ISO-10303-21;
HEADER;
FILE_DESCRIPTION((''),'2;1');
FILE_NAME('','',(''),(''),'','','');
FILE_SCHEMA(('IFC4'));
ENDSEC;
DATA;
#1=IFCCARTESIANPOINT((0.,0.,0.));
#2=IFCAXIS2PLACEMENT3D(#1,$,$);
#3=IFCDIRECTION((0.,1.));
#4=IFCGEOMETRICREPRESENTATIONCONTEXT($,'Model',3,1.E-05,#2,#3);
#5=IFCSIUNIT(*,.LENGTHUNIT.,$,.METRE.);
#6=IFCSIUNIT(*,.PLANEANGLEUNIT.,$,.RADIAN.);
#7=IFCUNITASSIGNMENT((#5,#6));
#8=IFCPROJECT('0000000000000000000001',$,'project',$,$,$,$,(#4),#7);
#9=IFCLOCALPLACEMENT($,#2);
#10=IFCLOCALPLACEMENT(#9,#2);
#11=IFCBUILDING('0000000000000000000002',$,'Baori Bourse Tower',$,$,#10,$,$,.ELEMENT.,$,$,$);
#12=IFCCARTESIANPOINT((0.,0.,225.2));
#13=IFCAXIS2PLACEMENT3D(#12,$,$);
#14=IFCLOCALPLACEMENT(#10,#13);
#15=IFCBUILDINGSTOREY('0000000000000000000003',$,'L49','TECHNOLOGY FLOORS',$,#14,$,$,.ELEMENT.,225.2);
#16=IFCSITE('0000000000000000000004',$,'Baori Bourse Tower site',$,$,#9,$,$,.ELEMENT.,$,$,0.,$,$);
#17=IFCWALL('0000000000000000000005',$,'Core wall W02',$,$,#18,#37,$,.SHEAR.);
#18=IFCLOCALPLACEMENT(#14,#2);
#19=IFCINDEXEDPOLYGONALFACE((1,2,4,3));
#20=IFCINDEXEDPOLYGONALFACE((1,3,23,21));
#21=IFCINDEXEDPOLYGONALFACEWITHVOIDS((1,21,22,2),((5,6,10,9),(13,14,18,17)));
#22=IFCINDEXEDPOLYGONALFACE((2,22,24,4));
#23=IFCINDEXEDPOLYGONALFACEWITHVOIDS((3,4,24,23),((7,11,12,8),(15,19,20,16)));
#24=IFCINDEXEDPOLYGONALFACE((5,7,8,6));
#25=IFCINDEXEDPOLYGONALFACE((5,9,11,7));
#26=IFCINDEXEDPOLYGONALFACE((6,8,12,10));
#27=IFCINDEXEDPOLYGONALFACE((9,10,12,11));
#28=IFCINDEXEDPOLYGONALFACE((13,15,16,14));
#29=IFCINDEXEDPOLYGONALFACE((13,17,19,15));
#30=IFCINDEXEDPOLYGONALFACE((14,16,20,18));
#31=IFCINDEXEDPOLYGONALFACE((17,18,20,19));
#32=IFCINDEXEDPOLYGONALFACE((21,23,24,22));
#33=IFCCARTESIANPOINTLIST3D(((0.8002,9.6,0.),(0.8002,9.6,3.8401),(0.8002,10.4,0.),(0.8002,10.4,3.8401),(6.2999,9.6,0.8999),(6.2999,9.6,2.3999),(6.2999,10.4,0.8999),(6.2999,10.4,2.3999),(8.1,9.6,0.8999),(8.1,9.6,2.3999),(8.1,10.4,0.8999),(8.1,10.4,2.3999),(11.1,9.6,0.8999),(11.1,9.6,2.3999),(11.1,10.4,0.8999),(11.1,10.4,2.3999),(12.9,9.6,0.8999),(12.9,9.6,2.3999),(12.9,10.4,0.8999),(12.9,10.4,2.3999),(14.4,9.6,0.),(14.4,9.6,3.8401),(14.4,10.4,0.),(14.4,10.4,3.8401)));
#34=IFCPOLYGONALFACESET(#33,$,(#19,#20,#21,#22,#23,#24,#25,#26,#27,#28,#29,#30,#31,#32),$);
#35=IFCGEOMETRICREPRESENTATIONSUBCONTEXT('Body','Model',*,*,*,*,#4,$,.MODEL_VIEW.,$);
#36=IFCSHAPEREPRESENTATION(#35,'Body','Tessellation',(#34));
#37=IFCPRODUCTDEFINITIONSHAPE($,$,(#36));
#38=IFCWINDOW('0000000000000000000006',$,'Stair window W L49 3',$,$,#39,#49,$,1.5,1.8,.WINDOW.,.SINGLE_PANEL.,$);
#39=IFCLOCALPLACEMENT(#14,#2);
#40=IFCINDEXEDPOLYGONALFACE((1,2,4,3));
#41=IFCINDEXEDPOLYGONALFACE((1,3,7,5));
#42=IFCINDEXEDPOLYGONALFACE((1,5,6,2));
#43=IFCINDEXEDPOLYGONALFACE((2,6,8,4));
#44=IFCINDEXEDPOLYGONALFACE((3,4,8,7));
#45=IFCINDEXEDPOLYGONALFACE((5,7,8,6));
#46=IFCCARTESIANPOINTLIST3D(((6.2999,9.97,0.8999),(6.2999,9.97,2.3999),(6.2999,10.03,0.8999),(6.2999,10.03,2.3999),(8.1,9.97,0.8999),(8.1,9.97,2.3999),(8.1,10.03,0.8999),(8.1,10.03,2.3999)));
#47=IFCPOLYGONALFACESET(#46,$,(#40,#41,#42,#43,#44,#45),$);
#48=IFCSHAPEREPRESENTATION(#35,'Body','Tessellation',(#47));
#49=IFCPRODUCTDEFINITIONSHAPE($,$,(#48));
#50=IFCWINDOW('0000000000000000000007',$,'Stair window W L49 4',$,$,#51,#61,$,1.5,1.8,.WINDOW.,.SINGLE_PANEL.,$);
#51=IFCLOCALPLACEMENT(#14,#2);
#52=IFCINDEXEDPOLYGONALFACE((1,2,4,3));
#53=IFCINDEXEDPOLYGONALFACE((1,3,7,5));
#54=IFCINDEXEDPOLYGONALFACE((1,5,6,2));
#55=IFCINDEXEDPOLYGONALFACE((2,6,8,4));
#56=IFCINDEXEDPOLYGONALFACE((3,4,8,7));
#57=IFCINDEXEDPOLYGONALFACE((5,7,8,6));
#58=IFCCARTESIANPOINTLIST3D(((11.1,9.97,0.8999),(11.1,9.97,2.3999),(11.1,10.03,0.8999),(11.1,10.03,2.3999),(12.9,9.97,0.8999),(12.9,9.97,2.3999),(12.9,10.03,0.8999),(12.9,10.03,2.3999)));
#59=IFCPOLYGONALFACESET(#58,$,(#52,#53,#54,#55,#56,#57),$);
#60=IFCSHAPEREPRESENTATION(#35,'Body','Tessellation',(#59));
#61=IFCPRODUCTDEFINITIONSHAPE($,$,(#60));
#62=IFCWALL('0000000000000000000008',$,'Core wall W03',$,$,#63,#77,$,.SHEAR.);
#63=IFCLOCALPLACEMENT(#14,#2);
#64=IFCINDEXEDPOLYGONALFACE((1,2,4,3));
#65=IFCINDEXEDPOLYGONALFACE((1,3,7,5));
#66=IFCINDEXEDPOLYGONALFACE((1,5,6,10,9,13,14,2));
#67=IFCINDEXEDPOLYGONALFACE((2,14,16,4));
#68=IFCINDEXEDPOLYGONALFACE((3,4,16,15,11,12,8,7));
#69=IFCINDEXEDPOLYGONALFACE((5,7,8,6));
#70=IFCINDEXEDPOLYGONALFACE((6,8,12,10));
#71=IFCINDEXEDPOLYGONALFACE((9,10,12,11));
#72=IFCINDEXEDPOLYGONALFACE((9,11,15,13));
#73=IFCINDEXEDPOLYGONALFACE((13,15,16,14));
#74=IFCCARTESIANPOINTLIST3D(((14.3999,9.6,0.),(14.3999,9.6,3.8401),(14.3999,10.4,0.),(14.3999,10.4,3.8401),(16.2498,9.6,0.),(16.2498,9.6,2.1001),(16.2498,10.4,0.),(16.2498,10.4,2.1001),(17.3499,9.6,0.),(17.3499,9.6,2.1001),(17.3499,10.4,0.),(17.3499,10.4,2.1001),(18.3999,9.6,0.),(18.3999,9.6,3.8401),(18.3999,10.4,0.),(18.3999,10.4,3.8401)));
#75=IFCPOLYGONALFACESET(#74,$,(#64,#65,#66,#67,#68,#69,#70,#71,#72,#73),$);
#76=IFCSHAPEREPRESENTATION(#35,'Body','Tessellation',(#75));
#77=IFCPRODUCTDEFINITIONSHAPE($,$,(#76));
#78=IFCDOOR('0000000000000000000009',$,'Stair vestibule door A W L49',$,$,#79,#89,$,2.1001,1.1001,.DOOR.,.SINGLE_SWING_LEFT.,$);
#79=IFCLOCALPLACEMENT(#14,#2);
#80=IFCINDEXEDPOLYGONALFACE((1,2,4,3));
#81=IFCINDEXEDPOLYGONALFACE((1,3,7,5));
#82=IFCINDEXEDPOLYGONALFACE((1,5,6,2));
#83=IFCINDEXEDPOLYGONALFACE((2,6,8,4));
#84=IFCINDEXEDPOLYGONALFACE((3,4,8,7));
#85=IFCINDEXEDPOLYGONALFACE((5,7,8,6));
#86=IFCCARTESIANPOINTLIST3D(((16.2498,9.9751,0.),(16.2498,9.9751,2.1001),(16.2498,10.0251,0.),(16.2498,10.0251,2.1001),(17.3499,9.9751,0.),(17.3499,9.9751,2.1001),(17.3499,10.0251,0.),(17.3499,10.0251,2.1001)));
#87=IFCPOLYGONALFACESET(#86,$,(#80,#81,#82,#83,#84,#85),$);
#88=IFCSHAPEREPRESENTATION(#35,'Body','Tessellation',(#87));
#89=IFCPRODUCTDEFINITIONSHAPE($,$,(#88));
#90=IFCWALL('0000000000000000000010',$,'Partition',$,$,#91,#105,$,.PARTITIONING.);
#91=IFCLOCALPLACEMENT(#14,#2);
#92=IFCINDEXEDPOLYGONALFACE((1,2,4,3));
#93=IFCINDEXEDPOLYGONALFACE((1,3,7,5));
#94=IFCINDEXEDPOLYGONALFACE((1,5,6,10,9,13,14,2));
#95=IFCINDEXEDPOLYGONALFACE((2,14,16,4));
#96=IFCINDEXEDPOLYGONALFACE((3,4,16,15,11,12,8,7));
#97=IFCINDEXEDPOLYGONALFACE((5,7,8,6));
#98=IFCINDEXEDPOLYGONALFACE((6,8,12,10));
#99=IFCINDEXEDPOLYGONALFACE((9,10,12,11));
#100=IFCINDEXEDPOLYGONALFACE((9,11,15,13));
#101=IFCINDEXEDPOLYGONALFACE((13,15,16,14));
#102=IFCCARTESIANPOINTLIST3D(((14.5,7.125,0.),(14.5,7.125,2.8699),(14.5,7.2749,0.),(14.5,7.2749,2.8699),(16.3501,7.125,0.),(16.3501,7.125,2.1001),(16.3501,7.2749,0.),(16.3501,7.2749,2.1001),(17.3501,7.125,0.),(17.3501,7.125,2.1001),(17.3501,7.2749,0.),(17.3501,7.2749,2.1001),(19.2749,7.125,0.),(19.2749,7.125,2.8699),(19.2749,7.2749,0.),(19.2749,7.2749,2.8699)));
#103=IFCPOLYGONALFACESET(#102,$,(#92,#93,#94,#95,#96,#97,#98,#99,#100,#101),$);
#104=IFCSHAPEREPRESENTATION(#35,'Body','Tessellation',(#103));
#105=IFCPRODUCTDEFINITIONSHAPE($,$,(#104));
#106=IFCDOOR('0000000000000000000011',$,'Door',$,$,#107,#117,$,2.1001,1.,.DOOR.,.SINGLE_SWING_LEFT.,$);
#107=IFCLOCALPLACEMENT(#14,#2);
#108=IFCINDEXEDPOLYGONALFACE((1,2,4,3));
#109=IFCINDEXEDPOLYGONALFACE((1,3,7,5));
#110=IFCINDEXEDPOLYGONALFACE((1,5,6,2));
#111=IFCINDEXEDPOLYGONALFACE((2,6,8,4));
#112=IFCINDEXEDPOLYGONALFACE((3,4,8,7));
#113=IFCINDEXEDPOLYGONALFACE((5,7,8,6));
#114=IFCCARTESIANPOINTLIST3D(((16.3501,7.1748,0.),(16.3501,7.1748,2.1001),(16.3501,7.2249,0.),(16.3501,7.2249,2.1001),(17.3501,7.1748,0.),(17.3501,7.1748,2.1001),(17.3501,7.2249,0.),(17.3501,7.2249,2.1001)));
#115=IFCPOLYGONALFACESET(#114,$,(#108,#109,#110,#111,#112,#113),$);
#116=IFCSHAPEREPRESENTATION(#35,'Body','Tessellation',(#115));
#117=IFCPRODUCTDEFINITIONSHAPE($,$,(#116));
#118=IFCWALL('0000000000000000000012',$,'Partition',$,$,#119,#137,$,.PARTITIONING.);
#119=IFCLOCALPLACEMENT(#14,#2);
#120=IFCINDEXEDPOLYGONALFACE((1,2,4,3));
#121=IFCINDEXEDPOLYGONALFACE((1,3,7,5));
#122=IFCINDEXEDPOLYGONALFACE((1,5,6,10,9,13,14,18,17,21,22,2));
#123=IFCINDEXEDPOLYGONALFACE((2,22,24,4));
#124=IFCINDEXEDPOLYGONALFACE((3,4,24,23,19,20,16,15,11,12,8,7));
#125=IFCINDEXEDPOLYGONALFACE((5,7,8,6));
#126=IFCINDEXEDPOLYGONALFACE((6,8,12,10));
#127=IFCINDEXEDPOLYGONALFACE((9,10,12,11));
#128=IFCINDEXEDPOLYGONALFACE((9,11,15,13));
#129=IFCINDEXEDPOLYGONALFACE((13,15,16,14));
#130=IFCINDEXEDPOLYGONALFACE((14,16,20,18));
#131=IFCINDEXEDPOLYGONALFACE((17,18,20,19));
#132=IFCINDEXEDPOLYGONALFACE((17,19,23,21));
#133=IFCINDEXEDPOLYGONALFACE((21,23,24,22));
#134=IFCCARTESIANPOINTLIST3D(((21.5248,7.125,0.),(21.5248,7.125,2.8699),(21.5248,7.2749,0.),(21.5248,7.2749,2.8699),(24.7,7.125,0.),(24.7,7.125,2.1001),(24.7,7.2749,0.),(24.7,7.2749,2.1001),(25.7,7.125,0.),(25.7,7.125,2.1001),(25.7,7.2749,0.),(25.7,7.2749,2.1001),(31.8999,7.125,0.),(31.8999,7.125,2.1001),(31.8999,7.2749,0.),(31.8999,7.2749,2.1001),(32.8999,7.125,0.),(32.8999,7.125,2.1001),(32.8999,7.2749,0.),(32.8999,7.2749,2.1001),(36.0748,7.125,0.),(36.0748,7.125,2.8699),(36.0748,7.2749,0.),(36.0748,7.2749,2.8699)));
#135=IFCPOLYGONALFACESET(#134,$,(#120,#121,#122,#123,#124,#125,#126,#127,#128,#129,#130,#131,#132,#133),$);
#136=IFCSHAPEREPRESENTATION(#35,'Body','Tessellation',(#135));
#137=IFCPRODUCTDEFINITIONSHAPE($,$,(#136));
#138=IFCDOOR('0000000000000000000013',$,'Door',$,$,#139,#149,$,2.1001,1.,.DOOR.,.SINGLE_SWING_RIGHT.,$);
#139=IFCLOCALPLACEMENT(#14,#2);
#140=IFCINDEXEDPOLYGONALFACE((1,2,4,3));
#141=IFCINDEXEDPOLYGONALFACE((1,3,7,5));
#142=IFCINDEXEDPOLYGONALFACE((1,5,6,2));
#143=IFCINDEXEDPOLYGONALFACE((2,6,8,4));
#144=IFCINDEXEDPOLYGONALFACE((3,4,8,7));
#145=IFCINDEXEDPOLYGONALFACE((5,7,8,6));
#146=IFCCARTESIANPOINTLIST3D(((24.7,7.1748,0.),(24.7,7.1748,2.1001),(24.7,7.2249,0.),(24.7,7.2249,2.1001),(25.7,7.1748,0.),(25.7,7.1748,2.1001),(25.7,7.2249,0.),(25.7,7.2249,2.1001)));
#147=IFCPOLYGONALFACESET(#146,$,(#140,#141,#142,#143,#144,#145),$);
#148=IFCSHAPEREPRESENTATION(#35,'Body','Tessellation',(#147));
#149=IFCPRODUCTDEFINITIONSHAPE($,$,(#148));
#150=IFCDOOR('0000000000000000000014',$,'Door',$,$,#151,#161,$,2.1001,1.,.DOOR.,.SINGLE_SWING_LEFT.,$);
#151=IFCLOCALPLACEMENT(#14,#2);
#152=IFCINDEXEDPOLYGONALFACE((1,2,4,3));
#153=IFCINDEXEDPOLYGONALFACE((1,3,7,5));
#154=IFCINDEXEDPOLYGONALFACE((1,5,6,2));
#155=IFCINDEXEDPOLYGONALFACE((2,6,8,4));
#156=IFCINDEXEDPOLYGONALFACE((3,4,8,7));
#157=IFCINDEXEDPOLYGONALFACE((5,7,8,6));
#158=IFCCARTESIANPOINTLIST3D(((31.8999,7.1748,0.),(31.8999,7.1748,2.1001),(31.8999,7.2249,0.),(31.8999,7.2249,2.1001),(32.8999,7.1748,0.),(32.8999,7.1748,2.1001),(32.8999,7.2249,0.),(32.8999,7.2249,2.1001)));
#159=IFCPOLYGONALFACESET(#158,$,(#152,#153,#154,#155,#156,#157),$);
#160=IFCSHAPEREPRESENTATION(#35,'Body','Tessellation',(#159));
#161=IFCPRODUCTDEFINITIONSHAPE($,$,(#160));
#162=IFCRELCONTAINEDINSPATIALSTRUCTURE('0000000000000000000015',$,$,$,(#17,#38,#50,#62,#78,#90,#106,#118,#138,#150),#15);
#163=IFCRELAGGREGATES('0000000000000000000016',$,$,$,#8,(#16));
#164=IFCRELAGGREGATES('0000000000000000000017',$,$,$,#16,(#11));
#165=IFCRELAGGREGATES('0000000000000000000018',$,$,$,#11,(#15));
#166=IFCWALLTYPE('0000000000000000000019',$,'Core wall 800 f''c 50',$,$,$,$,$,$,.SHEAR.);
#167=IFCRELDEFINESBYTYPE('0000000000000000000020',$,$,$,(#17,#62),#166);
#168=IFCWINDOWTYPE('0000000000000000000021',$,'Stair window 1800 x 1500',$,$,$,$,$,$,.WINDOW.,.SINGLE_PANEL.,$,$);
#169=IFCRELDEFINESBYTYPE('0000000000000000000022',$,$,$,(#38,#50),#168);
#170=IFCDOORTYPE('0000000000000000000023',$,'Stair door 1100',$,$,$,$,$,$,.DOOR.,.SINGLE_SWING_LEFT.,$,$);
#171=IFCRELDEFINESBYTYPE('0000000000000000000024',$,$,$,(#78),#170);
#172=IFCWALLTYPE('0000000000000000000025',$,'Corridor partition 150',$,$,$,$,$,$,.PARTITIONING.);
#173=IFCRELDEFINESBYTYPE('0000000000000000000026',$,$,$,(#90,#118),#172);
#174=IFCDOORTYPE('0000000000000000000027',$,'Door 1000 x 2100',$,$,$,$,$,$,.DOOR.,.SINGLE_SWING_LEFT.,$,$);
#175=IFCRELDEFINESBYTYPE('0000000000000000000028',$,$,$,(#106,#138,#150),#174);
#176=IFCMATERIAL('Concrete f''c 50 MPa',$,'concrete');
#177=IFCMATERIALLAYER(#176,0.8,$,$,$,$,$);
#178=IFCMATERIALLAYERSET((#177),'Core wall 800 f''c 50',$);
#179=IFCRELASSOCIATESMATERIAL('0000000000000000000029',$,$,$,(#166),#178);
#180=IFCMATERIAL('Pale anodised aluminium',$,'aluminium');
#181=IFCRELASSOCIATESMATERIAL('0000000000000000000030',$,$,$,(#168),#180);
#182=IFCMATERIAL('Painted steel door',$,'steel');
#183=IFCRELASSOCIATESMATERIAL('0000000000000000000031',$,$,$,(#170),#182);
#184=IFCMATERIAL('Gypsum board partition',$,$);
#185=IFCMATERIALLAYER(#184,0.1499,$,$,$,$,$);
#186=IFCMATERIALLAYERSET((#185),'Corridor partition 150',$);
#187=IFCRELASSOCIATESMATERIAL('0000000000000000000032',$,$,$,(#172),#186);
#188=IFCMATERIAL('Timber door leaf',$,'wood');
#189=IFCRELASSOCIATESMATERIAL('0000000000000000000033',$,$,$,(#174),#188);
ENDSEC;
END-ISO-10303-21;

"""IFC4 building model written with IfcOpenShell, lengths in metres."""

from ifc_helpers import new_model, si_unit, direction, frame, frame_2d, origin, place, context, subcontext, project, spatial, rectangle, extrude, material, layer, layer_set, type_object, element, fill, save


model = new_model("IFC4")

# Units and contexts
model_context = context("Model", 3, precision=1e-05, world=origin(), true_north=direction((0.0, 1.0)))
body_context = subcontext(model_context, "Body", "Model", "MODEL_VIEW")
ifc_project = project(units=[si_unit("LENGTHUNIT", "METRE"), si_unit("PLANEANGLEUNIT", "RADIAN")], contexts=[model_context])

# Site, building, storey
site_placement = place(None, origin())
site = spatial("IfcSite", under=ifc_project, at=site_placement, Name="Baori Bourse Tower site", CompositionType="ELEMENT", RefElevation=0.0)
building_placement = place(site_placement, origin())
building = spatial("IfcBuilding", under=site, at=building_placement, Name="Baori Bourse Tower", CompositionType="ELEMENT")
storey_placement = place(building_placement, frame((0.0, 0.0, 225.2)))
storey = spatial("IfcBuildingStorey", under=building, at=storey_placement, Name="L49", Description="TECHNOLOGY FLOORS", CompositionType="ELEMENT", Elevation=225.2)

# Wall, openings, windows
ifc_material_1 = material(Name="Concrete f'c 50 MPa", Category="concrete")
ifc_layer_1 = layer(ifc_material_1, 0.8)
ifc_layer_set_1 = layer_set([ifc_layer_1], Name="Core wall 800 f'c 50")
wall_type_1 = type_object("IfcWallType", Name="Core wall 800 f'c 50", PredefinedType="SHEAR", material=ifc_layer_set_1)
wall_1_placement = place(storey_placement, frame((14.3999, 10.0, 0.0), z_axis=(0.0, 0.0, 1.0), x_axis=(-1.0, 0.0, 0.0)))
wall_1 = element("IfcWall", 1, at=wall_1_placement, inside=storey, type_object=wall_type_1, Name="Core wall W02", PredefinedType="SHEAR", context=body_context, shape_type="SweptSolid", body=[
    extrude(rectangle(XDim=13.5999, YDim=0.8, at=frame_2d((6.7998, 0.0))), origin(), (0.0, 0.0, 1.0), 3.8401),
])
opening_1_placement = place(wall_1_placement, frame((6.3, 0.0, 0.8999)))
opening_1 = element("IfcOpeningElement", 2, at=opening_1_placement, cuts=wall_1, PredefinedType="OPENING", context=body_context, shape_type="SweptSolid", body=[
    extrude(rectangle(XDim=1.8, YDim=1.5, at=frame_2d((0.8999, 0.75))), frame((0.0, 0.4099, 0.0), z_axis=(0.0, -1.0, 0.0), x_axis=(1.0, 0.0, 0.0)), (0.0, 0.0, 1.0), 0.8201),
])
opening_2_placement = place(wall_1_placement, frame((1.5, 0.0, 0.8999)))
opening_2 = element("IfcOpeningElement", 3, at=opening_2_placement, cuts=wall_1, PredefinedType="OPENING", context=body_context, shape_type="SweptSolid", body=[
    extrude(rectangle(XDim=1.8, YDim=1.5, at=frame_2d((0.8999, 0.75))), frame((0.0, 0.4099, 0.0), z_axis=(0.0, -1.0, 0.0), x_axis=(1.0, 0.0, 0.0)), (0.0, 0.0, 1.0), 0.8201),
])
ifc_material_2 = material(Name="Pale anodised aluminium", Category="aluminium")
window_type = type_object("IfcWindowType", Name="Stair window 1800 x 1500", PartitioningType="SINGLE_PANEL", PredefinedType="WINDOW", material=ifc_material_2)
window_1_placement = place(opening_1_placement, origin())
window_1 = element("IfcWindow", 4, at=window_1_placement, inside=storey, type_object=window_type, Name="Stair window W L49 3", OverallHeight=1.5, OverallWidth=1.8, PartitioningType="SINGLE_PANEL", PredefinedType="WINDOW", context=body_context, shape_type="SweptSolid", body=[
    extrude(rectangle(XDim=1.8, YDim=1.5, at=frame_2d((0.8999, 0.75))), frame((0.0, 0.03, 0.0), z_axis=(0.0, -1.0, 0.0), x_axis=(1.0, 0.0, 0.0)), (0.0, 0.0, 1.0), 0.0601),
])
fill(opening_1, window_1)
window_2_placement = place(opening_2_placement, origin())
window_2 = element("IfcWindow", 5, at=window_2_placement, inside=storey, type_object=window_type, Name="Stair window W L49 4", OverallHeight=1.5, OverallWidth=1.8, PartitioningType="SINGLE_PANEL", PredefinedType="WINDOW", context=body_context, shape_type="SweptSolid", body=[
    extrude(rectangle(XDim=1.8, YDim=1.5, at=frame_2d((0.8999, 0.75))), frame((0.0, 0.03, 0.0), z_axis=(0.0, -1.0, 0.0), x_axis=(1.0, 0.0, 0.0)), (0.0, 0.0, 1.0), 0.0601),
])
fill(opening_2, window_2)

# Walls, openings, doors
wall_2_placement = place(storey_placement, frame((18.3999, 10.0, 0.0), z_axis=(0.0, 0.0, 1.0), x_axis=(-1.0, 0.0, 0.0)))
wall_2 = element("IfcWall", 6, at=wall_2_placement, inside=storey, type_object=wall_type_1, Name="Core wall W03", PredefinedType="SHEAR", context=body_context, shape_type="SweptSolid", body=[
    extrude(rectangle(XDim=4.0, YDim=0.8, at=frame_2d((2.0, 0.0))), origin(), (0.0, 0.0, 1.0), 3.8401),
])
opening_3_placement = place(wall_2_placement, frame((1.05, 0.0, 0.0)))
opening_3 = element("IfcOpeningElement", 7, at=opening_3_placement, cuts=wall_2, PredefinedType="OPENING", context=body_context, shape_type="SweptSolid", body=[
    extrude(rectangle(XDim=1.1001, YDim=2.1001, at=frame_2d((0.55, 1.05))), frame((0.0, 0.4099, 0.0), z_axis=(0.0, -1.0, 0.0), x_axis=(1.0, 0.0, 0.0)), (0.0, 0.0, 1.0), 0.8201),
])
ifc_material_3 = material(Name="Painted steel door", Category="steel")
door_type_1 = type_object("IfcDoorType", Name="Stair door 1100", OperationType="SINGLE_SWING_LEFT", PredefinedType="DOOR", material=ifc_material_3)
door_1_placement = place(opening_3_placement, origin())
door_1 = element("IfcDoor", 8, at=door_1_placement, inside=storey, type_object=door_type_1, Name="Stair vestibule door A W L49", OperationType="SINGLE_SWING_LEFT", OverallHeight=2.1001, OverallWidth=1.1001, PredefinedType="DOOR", context=body_context, shape_type="SweptSolid", body=[
    extrude(rectangle(XDim=1.1001, YDim=2.1001, at=frame_2d((0.55, 1.05))), frame((0.0, 0.0249, 0.0), z_axis=(0.0, -1.0, 0.0), x_axis=(1.0, 0.0, 0.0)), (0.0, 0.0, 1.0), 0.05),
])
fill(opening_3, door_1)
ifc_material_4 = material(Name="Gypsum board partition")
ifc_layer_2 = layer(ifc_material_4, 0.1499)
ifc_layer_set_2 = layer_set([ifc_layer_2], Name="Corridor partition 150")
wall_type_2 = type_object("IfcWallType", Name="Corridor partition 150", PredefinedType="PARTITIONING", material=ifc_layer_set_2)
wall_3_placement = place(storey_placement, frame((14.5, 7.2, 0.0), z_axis=(0.0, 0.0, 1.0), x_axis=(1.0, 0.0, 0.0)))
wall_3 = element("IfcWall", 9, at=wall_3_placement, inside=storey, type_object=wall_type_2, Name="Partition", PredefinedType="PARTITIONING", context=body_context, shape_type="SweptSolid", body=[
    extrude(rectangle(XDim=4.7749, YDim=0.1499, at=frame_2d((2.3875, 0.0))), origin(), (0.0, 0.0, 1.0), 2.8699),
])
opening_4_placement = place(wall_3_placement, frame((1.8501, 0.0, 0.0)))
opening_4 = element("IfcOpeningElement", 10, at=opening_4_placement, cuts=wall_3, PredefinedType="OPENING", context=body_context, shape_type="SweptSolid", body=[
    extrude(rectangle(XDim=1.0, YDim=2.1001, at=frame_2d((0.5, 1.05))), frame((0.0, 0.085, 0.0), z_axis=(0.0, -1.0, 0.0), x_axis=(1.0, 0.0, 0.0)), (0.0, 0.0, 1.0), 0.1699),
])
ifc_material_5 = material(Name="Timber door leaf", Category="wood")
door_type_2 = type_object("IfcDoorType", Name="Door 1000 x 2100", OperationType="SINGLE_SWING_LEFT", PredefinedType="DOOR", material=ifc_material_5)
door_2_placement = place(opening_4_placement, origin())
door_2 = element("IfcDoor", 11, at=door_2_placement, inside=storey, type_object=door_type_2, Name="Door", OperationType="SINGLE_SWING_LEFT", OverallHeight=2.1001, OverallWidth=1.0, PredefinedType="DOOR", context=body_context, shape_type="SweptSolid", body=[
    extrude(rectangle(XDim=1.0, YDim=2.1001, at=frame_2d((0.5, 1.05))), frame((0.0, 0.0249, 0.0), z_axis=(0.0, -1.0, 0.0), x_axis=(1.0, 0.0, 0.0)), (0.0, 0.0, 1.0), 0.05),
])
fill(opening_4, door_2)

# Wall, openings, doors
wall_4_placement = place(storey_placement, frame((21.5249, 7.2, 0.0), z_axis=(0.0, 0.0, 1.0), x_axis=(1.0, 0.0, 0.0)))
wall_4 = element("IfcWall", 12, at=wall_4_placement, inside=storey, type_object=wall_type_2, Name="Partition", PredefinedType="PARTITIONING", context=body_context, shape_type="SweptSolid", body=[
    extrude(rectangle(XDim=14.55, YDim=0.1499, at=frame_2d((7.2749, 0.0))), origin(), (0.0, 0.0, 1.0), 2.8699),
])
opening_5_placement = place(wall_4_placement, frame((3.175, 0.0, 0.0)))
opening_5 = element("IfcOpeningElement", 13, at=opening_5_placement, cuts=wall_4, PredefinedType="OPENING", context=body_context, shape_type="SweptSolid", body=[
    extrude(rectangle(XDim=1.0, YDim=2.1001, at=frame_2d((0.5, 1.05))), frame((0.0, 0.085, 0.0), z_axis=(0.0, -1.0, 0.0), x_axis=(1.0, 0.0, 0.0)), (0.0, 0.0, 1.0), 0.1699),
])
opening_6_placement = place(wall_4_placement, frame((10.375, 0.0, 0.0)))
opening_6 = element("IfcOpeningElement", 14, at=opening_6_placement, cuts=wall_4, PredefinedType="OPENING", context=body_context, shape_type="SweptSolid", body=[
    extrude(rectangle(XDim=1.0, YDim=2.1001, at=frame_2d((0.5, 1.05))), frame((0.0, 0.085, 0.0), z_axis=(0.0, -1.0, 0.0), x_axis=(1.0, 0.0, 0.0)), (0.0, 0.0, 1.0), 0.1699),
])
door_3_placement = place(opening_5_placement, origin())
door_3 = element("IfcDoor", 15, at=door_3_placement, inside=storey, type_object=door_type_2, Name="Door", OperationType="SINGLE_SWING_RIGHT", OverallHeight=2.1001, OverallWidth=1.0, PredefinedType="DOOR", context=body_context, shape_type="SweptSolid", body=[
    extrude(rectangle(XDim=1.0, YDim=2.1001, at=frame_2d((0.5, 1.05))), frame((0.0, 0.0249, 0.0), z_axis=(0.0, -1.0, 0.0), x_axis=(1.0, 0.0, 0.0)), (0.0, 0.0, 1.0), 0.05),
])
fill(opening_5, door_3)
door_4_placement = place(opening_6_placement, origin())
door_4 = element("IfcDoor", 16, at=door_4_placement, inside=storey, type_object=door_type_2, Name="Door", OperationType="SINGLE_SWING_LEFT", OverallHeight=2.1001, OverallWidth=1.0, PredefinedType="DOOR", context=body_context, shape_type="SweptSolid", body=[
    extrude(rectangle(XDim=1.0, YDim=2.1001, at=frame_2d((0.5, 1.05))), frame((0.0, 0.0249, 0.0), z_axis=(0.0, -1.0, 0.0), x_axis=(1.0, 0.0, 0.0)), (0.0, 0.0, 1.0), 0.05),
])
fill(opening_6, door_4)

save(model, "model.ifc")
